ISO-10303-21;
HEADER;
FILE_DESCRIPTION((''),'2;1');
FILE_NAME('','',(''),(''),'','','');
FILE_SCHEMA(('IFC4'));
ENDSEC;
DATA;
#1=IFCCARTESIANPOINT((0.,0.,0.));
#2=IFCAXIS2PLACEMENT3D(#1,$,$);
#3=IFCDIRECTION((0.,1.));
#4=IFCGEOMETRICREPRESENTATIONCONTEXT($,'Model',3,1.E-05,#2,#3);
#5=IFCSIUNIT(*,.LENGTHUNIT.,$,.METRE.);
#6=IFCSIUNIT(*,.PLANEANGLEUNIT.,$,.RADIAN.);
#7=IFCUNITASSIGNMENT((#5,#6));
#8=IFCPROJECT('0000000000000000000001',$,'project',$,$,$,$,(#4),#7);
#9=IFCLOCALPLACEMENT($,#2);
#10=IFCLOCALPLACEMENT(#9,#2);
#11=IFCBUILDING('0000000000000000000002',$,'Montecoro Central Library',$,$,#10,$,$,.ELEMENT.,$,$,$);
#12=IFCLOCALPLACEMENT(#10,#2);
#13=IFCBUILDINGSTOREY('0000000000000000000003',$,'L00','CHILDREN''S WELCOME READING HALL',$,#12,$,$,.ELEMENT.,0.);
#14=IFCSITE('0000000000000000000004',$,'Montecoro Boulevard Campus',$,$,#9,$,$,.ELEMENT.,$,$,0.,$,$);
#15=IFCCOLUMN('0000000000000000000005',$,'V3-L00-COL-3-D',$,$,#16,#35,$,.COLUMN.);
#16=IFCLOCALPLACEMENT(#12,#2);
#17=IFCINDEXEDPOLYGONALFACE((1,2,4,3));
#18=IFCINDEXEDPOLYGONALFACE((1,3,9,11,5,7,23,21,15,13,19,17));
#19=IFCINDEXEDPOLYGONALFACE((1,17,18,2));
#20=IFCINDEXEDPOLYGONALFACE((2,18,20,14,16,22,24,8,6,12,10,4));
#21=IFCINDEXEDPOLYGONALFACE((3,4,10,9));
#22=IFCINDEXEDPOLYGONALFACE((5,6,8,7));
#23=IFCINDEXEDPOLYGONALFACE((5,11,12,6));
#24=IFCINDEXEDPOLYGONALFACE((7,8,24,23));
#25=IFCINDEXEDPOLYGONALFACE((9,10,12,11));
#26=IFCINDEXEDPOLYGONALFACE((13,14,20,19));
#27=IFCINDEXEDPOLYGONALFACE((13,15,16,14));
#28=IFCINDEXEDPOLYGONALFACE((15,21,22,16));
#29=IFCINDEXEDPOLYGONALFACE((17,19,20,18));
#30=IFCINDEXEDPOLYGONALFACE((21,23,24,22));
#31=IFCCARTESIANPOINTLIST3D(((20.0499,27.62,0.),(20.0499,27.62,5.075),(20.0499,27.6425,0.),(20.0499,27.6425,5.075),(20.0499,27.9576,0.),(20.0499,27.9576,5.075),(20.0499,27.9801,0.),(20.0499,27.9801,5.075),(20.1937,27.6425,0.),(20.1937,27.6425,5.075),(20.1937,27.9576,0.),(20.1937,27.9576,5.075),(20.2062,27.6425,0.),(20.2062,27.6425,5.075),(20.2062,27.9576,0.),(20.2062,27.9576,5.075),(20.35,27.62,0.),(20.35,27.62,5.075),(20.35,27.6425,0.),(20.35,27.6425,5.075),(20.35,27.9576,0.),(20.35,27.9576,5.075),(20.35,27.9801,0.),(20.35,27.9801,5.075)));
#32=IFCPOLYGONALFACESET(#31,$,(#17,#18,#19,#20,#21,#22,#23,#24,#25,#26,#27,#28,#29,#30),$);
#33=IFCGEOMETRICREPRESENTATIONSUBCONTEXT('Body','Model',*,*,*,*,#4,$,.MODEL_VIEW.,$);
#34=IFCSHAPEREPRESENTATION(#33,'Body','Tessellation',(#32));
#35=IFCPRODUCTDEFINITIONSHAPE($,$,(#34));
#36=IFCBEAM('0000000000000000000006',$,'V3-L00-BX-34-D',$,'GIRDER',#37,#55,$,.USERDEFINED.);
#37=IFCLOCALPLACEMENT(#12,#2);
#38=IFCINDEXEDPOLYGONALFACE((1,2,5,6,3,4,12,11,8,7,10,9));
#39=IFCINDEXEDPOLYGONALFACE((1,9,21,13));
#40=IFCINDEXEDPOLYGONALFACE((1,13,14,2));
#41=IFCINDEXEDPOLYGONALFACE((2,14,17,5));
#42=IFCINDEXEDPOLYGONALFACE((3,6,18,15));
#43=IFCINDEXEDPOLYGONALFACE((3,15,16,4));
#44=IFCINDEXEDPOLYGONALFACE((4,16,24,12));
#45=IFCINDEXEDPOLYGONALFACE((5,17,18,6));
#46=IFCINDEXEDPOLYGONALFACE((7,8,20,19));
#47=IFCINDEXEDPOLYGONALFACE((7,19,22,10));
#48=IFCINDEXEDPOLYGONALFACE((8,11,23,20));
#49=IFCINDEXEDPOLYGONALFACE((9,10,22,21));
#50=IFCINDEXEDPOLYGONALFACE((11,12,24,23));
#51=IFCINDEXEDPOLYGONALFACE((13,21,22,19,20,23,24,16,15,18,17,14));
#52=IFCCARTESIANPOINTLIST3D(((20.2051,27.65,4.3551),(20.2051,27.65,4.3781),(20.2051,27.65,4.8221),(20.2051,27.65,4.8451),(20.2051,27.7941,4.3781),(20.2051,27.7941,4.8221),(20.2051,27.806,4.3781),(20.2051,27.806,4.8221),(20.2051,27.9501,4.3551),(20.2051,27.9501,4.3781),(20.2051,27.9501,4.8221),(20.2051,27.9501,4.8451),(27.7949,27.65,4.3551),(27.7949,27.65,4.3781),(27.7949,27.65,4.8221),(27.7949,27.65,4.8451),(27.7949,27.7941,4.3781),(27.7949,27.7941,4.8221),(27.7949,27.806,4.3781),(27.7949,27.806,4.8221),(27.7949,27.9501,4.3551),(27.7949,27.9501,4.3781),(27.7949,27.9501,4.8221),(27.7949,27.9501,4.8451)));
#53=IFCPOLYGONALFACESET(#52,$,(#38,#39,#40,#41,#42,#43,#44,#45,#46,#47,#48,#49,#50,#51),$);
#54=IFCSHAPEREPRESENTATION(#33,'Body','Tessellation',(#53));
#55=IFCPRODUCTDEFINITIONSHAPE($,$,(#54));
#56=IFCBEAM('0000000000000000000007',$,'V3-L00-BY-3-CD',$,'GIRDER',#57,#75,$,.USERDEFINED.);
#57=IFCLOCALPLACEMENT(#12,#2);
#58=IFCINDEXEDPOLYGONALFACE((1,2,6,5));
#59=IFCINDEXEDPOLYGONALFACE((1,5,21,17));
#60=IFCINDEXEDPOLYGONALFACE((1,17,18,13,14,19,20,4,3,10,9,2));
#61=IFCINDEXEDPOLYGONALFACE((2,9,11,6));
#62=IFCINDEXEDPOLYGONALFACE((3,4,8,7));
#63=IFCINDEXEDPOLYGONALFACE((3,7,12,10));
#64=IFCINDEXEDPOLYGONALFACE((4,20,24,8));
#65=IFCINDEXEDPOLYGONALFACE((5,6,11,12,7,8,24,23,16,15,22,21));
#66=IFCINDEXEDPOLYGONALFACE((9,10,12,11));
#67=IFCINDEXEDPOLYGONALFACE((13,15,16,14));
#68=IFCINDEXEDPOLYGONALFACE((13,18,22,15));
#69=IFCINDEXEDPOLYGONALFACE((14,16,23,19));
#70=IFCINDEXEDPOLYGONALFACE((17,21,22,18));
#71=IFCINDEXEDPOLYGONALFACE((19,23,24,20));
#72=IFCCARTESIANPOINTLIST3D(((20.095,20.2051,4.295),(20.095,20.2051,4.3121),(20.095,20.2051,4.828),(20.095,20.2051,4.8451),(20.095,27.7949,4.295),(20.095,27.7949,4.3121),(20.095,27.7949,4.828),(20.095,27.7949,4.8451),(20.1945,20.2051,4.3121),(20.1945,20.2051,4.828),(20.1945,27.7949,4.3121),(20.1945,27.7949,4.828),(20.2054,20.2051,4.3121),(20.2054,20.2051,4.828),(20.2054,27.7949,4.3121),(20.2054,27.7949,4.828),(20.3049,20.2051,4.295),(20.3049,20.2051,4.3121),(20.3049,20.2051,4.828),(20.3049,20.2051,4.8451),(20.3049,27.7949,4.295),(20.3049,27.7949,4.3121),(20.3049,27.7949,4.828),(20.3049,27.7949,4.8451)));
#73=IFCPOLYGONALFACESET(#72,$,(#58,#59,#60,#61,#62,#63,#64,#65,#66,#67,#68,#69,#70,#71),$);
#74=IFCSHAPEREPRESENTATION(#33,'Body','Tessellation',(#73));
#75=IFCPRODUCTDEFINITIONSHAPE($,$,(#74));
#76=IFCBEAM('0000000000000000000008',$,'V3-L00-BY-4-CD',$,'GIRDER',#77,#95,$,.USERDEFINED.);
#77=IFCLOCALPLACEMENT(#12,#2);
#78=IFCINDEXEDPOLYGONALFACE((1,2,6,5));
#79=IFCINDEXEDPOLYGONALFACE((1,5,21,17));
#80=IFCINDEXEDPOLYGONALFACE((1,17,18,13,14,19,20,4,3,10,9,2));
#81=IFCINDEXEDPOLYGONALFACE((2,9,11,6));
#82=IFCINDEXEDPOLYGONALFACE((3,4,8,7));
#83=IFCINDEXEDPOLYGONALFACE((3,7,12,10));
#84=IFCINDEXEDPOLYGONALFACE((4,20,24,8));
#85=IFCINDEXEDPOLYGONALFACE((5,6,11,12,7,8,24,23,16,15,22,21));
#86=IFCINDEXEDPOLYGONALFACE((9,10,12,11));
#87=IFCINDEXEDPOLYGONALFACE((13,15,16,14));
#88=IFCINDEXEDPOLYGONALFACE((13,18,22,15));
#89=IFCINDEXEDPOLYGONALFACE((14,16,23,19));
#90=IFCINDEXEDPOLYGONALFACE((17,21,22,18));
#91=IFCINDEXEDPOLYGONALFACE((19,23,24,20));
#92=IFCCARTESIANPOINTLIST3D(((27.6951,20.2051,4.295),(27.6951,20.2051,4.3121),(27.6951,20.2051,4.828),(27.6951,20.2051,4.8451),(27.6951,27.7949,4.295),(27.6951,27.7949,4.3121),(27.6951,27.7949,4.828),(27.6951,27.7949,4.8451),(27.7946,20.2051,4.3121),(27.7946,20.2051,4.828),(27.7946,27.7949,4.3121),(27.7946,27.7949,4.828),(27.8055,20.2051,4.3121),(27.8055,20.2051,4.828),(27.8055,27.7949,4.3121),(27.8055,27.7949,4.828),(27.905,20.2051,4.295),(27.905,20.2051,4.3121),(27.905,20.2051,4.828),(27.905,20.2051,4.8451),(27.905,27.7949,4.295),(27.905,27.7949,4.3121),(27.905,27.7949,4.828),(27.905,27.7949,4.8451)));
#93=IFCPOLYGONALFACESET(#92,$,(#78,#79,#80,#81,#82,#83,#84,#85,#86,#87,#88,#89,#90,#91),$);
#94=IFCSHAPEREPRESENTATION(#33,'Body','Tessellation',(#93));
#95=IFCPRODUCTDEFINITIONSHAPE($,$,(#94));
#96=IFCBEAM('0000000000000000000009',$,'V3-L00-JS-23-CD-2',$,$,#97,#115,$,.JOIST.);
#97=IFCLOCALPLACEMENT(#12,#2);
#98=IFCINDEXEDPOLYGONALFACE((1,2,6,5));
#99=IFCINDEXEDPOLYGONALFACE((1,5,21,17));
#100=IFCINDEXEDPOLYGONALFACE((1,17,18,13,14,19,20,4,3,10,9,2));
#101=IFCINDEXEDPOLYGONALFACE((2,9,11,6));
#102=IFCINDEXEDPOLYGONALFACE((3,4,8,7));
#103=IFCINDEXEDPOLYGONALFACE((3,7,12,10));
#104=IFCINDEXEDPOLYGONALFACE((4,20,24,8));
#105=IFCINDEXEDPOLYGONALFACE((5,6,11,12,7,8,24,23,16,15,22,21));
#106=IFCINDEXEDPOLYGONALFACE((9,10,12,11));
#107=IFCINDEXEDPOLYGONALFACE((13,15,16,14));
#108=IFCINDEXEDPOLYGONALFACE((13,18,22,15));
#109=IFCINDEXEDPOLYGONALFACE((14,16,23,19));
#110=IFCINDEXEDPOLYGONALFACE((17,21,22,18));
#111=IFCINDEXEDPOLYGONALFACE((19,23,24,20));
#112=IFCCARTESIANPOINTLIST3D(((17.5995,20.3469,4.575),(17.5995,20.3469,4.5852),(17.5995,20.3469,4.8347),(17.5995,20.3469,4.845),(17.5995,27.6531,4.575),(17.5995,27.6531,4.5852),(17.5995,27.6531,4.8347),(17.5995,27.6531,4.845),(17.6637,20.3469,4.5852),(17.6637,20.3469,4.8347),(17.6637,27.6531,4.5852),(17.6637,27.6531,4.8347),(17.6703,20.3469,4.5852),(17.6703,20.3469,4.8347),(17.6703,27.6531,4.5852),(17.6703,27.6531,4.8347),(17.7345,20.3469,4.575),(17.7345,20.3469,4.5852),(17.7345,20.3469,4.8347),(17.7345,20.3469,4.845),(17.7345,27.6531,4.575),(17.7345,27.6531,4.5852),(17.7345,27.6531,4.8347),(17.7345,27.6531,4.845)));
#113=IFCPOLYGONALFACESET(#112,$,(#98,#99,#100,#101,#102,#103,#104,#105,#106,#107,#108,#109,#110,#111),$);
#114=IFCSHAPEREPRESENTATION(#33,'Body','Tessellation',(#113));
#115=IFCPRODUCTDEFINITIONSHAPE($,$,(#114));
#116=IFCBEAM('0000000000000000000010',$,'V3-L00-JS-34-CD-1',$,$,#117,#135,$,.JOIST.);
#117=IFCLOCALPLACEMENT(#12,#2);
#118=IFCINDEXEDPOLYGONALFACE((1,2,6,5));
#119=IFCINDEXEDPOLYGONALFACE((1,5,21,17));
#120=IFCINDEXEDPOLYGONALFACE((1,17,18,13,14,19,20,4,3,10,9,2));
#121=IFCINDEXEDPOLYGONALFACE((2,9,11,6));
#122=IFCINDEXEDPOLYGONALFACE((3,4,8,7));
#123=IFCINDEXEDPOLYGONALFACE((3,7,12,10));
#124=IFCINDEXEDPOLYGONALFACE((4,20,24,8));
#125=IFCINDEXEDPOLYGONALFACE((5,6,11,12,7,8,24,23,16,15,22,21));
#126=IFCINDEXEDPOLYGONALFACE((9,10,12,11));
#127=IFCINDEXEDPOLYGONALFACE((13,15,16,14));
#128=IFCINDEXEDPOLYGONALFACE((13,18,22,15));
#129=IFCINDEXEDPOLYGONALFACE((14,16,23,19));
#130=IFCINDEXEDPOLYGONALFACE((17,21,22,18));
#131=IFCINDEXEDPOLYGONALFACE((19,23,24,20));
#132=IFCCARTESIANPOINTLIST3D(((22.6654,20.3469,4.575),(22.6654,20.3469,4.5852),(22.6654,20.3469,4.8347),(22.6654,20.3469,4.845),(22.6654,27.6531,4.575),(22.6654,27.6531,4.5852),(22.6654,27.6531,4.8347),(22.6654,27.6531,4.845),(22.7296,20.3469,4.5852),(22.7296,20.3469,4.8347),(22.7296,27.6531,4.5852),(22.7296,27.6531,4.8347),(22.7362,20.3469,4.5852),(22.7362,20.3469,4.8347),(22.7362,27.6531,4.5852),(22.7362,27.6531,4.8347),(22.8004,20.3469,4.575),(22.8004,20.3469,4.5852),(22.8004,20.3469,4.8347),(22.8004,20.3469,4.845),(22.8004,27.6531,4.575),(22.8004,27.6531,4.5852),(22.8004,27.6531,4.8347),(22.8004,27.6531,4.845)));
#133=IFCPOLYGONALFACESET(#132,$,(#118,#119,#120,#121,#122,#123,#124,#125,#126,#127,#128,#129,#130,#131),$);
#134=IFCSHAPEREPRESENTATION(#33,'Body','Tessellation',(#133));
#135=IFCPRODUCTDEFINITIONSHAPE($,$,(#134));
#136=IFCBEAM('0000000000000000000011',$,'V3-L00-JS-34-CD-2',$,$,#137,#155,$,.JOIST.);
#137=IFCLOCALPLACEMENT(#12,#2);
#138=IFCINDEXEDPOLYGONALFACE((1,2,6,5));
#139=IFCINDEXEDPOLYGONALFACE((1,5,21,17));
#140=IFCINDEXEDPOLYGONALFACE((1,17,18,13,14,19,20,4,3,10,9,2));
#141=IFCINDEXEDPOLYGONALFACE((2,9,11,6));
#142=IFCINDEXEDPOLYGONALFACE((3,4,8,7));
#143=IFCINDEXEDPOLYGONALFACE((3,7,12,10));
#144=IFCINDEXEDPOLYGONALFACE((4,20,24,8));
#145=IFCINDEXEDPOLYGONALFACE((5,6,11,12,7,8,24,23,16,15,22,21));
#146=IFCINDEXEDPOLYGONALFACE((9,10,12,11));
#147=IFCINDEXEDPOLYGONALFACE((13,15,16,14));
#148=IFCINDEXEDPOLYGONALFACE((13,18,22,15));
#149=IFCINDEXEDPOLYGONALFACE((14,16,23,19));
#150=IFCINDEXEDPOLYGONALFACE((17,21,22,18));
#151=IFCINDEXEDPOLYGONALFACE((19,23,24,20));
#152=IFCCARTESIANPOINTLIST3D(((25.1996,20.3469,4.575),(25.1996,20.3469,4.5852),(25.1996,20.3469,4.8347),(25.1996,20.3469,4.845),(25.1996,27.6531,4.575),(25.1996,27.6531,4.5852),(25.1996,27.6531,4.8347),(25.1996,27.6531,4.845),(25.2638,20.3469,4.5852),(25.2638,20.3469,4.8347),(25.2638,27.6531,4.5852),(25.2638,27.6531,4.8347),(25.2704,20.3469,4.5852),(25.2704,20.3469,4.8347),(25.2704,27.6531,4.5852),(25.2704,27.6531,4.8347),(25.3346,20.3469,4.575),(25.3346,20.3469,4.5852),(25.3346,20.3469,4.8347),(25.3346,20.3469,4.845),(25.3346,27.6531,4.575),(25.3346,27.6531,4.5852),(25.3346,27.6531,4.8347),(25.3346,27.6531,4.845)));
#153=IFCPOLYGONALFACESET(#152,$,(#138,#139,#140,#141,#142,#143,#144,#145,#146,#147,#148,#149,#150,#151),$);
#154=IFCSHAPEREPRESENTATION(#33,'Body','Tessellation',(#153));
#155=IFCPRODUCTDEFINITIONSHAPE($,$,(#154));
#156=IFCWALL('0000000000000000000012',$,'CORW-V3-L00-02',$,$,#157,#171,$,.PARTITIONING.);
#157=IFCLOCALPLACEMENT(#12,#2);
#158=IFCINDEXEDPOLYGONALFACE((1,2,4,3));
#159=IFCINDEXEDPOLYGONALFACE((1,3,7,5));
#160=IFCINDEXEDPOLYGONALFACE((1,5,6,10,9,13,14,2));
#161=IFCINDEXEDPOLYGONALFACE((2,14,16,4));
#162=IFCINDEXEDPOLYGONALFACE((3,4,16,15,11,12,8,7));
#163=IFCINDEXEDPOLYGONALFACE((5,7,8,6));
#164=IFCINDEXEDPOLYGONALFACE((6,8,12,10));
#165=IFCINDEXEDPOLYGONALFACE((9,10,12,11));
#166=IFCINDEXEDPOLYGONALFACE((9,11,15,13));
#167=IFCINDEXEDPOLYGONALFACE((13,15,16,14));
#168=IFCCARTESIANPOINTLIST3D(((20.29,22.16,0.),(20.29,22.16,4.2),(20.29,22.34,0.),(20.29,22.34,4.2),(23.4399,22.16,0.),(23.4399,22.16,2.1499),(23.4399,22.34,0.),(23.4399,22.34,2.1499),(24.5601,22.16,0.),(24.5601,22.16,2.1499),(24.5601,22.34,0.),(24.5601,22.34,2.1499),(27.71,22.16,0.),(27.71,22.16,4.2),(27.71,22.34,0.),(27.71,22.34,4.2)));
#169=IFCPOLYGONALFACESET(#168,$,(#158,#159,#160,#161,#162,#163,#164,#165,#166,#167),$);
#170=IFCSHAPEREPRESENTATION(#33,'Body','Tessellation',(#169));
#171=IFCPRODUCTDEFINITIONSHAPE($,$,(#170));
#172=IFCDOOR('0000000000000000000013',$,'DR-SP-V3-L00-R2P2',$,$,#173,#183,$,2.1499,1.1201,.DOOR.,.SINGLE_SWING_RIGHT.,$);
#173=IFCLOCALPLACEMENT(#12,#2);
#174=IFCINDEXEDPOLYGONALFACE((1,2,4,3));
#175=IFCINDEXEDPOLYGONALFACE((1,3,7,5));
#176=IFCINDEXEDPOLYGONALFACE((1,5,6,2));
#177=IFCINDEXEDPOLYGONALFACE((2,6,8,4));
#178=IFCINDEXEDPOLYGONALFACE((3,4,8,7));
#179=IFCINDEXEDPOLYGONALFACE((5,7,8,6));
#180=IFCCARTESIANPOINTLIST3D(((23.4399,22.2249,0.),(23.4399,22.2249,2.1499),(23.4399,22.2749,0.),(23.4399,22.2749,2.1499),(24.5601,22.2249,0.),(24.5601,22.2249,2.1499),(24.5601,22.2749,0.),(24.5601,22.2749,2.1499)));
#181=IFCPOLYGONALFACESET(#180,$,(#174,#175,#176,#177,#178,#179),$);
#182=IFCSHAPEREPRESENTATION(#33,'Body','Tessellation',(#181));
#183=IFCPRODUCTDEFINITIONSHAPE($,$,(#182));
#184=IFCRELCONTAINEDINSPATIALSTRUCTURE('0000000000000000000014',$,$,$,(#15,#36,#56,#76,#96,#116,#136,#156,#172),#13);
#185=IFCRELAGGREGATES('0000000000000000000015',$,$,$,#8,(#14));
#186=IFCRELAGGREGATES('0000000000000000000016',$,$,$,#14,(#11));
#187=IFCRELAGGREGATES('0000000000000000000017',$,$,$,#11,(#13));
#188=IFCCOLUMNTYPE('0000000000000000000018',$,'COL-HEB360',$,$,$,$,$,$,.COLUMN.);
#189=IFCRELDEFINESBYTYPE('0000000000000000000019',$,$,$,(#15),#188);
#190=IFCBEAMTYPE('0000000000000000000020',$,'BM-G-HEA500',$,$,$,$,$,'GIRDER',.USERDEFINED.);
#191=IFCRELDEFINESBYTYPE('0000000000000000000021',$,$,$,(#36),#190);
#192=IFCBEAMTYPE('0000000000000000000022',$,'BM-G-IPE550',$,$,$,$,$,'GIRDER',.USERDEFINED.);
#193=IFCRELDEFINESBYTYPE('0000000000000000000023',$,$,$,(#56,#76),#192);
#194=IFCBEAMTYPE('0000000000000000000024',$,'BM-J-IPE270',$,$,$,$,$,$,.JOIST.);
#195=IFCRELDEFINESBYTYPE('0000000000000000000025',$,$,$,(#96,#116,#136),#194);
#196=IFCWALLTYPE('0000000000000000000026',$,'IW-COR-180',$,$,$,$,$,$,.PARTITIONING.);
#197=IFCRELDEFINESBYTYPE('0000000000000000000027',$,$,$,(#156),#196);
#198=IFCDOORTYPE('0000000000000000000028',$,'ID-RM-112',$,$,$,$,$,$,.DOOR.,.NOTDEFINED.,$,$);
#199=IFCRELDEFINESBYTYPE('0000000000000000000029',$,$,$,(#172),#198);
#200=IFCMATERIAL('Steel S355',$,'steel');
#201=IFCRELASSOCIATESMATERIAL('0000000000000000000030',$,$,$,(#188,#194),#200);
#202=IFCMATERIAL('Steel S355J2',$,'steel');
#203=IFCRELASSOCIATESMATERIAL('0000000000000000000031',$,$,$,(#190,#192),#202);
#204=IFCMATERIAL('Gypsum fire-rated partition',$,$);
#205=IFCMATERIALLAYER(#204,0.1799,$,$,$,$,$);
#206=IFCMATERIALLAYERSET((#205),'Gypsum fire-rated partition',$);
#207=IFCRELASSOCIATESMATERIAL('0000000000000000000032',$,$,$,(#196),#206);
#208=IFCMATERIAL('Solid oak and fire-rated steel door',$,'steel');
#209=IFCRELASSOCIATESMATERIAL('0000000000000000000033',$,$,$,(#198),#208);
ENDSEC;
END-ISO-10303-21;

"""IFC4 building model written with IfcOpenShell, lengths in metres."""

from ifc_helpers import new_model, si_unit, direction, frame, frame_2d, origin, origin_2d, place, context, subcontext, project, spatial, rectangle, i_section, extrude, material, layer, layer_set, material_profile, profile_set, type_object, element, fill, save


model = new_model("IFC4")

# Units and contexts
model_context = context("Model", 3, precision=1e-05, world=origin(), true_north=direction((0.0, 1.0)))
body_context = subcontext(model_context, "Body", "Model", "MODEL_VIEW")
ifc_project = project(units=[si_unit("LENGTHUNIT", "METRE"), si_unit("PLANEANGLEUNIT", "RADIAN")], contexts=[model_context])

# Site, building, storey
site_placement = place(None, origin())
site = spatial("IfcSite", under=ifc_project, at=site_placement, Name="Montecoro Boulevard Campus", CompositionType="ELEMENT", RefElevation=0.0)
building_placement = place(site_placement, origin())
building = spatial("IfcBuilding", under=site, at=building_placement, Name="Montecoro Central Library", CompositionType="ELEMENT")
storey_placement = place(building_placement, origin())
storey = spatial("IfcBuildingStorey", under=building, at=storey_placement, Name="L00", Description="CHILDREN'S WELCOME READING HALL", CompositionType="ELEMENT", Elevation=0.0)

# Column
ifc_material_1 = material(Name="Steel S355", Category="steel")
ifc_material_profile_1 = material_profile(ifc_material_1, i_section(OverallWidth=0.3, OverallDepth=0.3601, WebThickness=0.0125, FlangeThickness=0.0225, at=origin_2d()), Name="HEB 360")
ifc_profile_set_1 = profile_set([ifc_material_profile_1], Name="Steel S355")
column_type = type_object("IfcColumnType", Name="COL-HEB360", PredefinedType="COLUMN", material=ifc_profile_set_1)
column_placement = place(storey_placement, frame((20.2, 27.8, 0.0), z_axis=(0.0, 0.0, 1.0), x_axis=(1.0, 0.0, 0.0)))
element("IfcColumn", 1, at=column_placement, inside=storey, type_object=column_type, Name="V3-L00-COL-3-D", PredefinedType="COLUMN", context=body_context, shape_type="SweptSolid", body=[
    extrude(i_section(OverallWidth=0.3, OverallDepth=0.3601, WebThickness=0.0125, FlangeThickness=0.0225, at=origin_2d()), origin(), (0.0, 0.0, 1.0), 5.075),
])

# Beams
ifc_material_2 = material(Name="Steel S355J2", Category="steel")
ifc_material_profile_2 = material_profile(ifc_material_2, i_section(OverallWidth=0.3, OverallDepth=0.49, WebThickness=0.012, FlangeThickness=0.0229, at=origin_2d()), Name="HEA 500")
ifc_profile_set_2 = profile_set([ifc_material_profile_2], Name="Steel S355J2")
beam_type_1 = type_object("IfcBeamType", Name="BM-G-HEA500", ElementType="GIRDER", PredefinedType="USERDEFINED", material=ifc_profile_set_2)
beam_placement = place(storey_placement, frame((20.2051, 27.8, 4.6001), z_axis=(1.0, 0.0, 0.0), x_axis=(0.0, 1.0, 0.0)))
element("IfcBeam", 2, at=beam_placement, inside=storey, type_object=beam_type_1, Name="V3-L00-BX-34-D", ObjectType="GIRDER", PredefinedType="USERDEFINED", context=body_context, shape_type="SweptSolid", body=[
    extrude(i_section(OverallWidth=0.3, OverallDepth=0.49, WebThickness=0.012, FlangeThickness=0.0229, at=origin_2d()), origin(), (0.0, 0.0, 1.0), 7.5898),
])
ifc_material_profile_3 = material_profile(ifc_material_2, i_section(OverallWidth=0.21, OverallDepth=0.55, WebThickness=0.011, FlangeThickness=0.0171, at=origin_2d()), Name="IPE 550")
ifc_profile_set_3 = profile_set([ifc_material_profile_3], Name="Steel S355J2")
beam_type_2 = type_object("IfcBeamType", Name="BM-G-IPE550", ElementType="GIRDER", PredefinedType="USERDEFINED", material=ifc_profile_set_3)
for number, where, z_axis, x_axis, name in (
    (3, (20.2, 20.2051, 4.5701), (0.0, 1.0, 0.0), (-1.0, 0.0, 0.0), "V3-L00-BY-3-CD"),
    (4, (27.8, 20.2051, 4.5701), (0.0, 1.0, 0.0), (-1.0, 0.0, 0.0), "V3-L00-BY-4-CD"),
):
    element("IfcBeam", number, at=place(storey_placement, frame(where, z_axis=z_axis, x_axis=x_axis)), inside=storey, type_object=beam_type_2, Name=name, ObjectType="GIRDER", PredefinedType="USERDEFINED", context=body_context, shape_type="SweptSolid", body=[
        extrude(i_section(OverallWidth=0.21, OverallDepth=0.55, WebThickness=0.011, FlangeThickness=0.0171, at=origin_2d()), origin(), (0.0, 0.0, 1.0), 7.5898),
    ])
ifc_material_profile_4 = material_profile(ifc_material_1, i_section(OverallWidth=0.135, OverallDepth=0.27, WebThickness=0.0066, FlangeThickness=0.0103, at=origin_2d()), Name="IPE 270")
ifc_profile_set_4 = profile_set([ifc_material_profile_4], Name="Steel S355")
beam_type_3 = type_object("IfcBeamType", Name="BM-J-IPE270", PredefinedType="JOIST", material=ifc_profile_set_4)
for number, where, z_axis, x_axis, name in (
    (5, (17.667, 20.3469, 4.71), (0.0, 1.0, 0.0), (-1.0, 0.0, 0.0), "V3-L00-JS-23-CD-2"),
    (6, (22.7329, 20.3469, 4.71), (0.0, 1.0, 0.0), (-1.0, 0.0, 0.0), "V3-L00-JS-34-CD-1"),
    (7, (25.2671, 20.3469, 4.71), (0.0, 1.0, 0.0), (-1.0, 0.0, 0.0), "V3-L00-JS-34-CD-2"),
):
    element("IfcBeam", number, at=place(storey_placement, frame(where, z_axis=z_axis, x_axis=x_axis)), inside=storey, type_object=beam_type_3, Name=name, PredefinedType="JOIST", context=body_context, shape_type="SweptSolid", body=[
        extrude(i_section(OverallWidth=0.135, OverallDepth=0.27, WebThickness=0.0066, FlangeThickness=0.0103, at=origin_2d()), origin(), (0.0, 0.0, 1.0), 7.3062),
    ])

# Wall, opening, door
ifc_material_3 = material(Name="Gypsum fire-rated partition")
ifc_layer_1 = layer(ifc_material_3, 0.1799)
ifc_layer_set_1 = layer_set([ifc_layer_1], Name="Gypsum fire-rated partition")
wall_type_1 = type_object("IfcWallType", Name="IW-COR-180", PredefinedType="PARTITIONING", material=ifc_layer_set_1)
wall_1_placement = place(storey_placement, frame((20.29, 22.25, 0.0), z_axis=(0.0, 0.0, 1.0), x_axis=(1.0, 0.0, 0.0)))
wall_1 = element("IfcWall", 8, at=wall_1_placement, inside=storey, type_object=wall_type_1, Name="CORW-V3-L00-02", PredefinedType="PARTITIONING", context=body_context, shape_type="SweptSolid", body=[
    extrude(rectangle(XDim=7.4199, YDim=0.1799, at=frame_2d((3.71, 0.0))), origin(), (0.0, 0.0, 1.0), 4.2),
])
opening_placement = place(wall_1_placement, frame((3.1499, 0.0, 0.0)))
opening = element("IfcOpeningElement", 9, at=opening_placement, cuts=wall_1, PredefinedType="OPENING", context=body_context, shape_type="SweptSolid", body=[
    extrude(rectangle(XDim=1.1201, YDim=2.1499, at=frame_2d((0.5601, 1.075))), frame((0.0, 0.0999, 0.0), z_axis=(0.0, -1.0, 0.0), x_axis=(1.0, 0.0, 0.0)), (0.0, 0.0, 1.0), 0.2),
])
ifc_material_4 = material(Name="Solid oak and fire-rated steel door", Category="steel")
door_type = type_object("IfcDoorType", Name="ID-RM-112", OperationType="NOTDEFINED", PredefinedType="DOOR", material=ifc_material_4)
door_placement = place(opening_placement, origin())
door = element("IfcDoor", 10, at=door_placement, inside=storey, type_object=door_type, Name="DR-SP-V3-L00-R2P2", OperationType="SINGLE_SWING_RIGHT", OverallHeight=2.1499, OverallWidth=1.1201, PredefinedType="DOOR", context=body_context, shape_type="SweptSolid", body=[
    extrude(rectangle(XDim=1.1201, YDim=2.1499, at=frame_2d((0.5601, 1.075))), frame((0.0, 0.0249, 0.0), z_axis=(0.0, -1.0, 0.0), x_axis=(1.0, 0.0, 0.0)), (0.0, 0.0, 1.0), 0.05),
])
fill(opening, door)

save(model, "model.ifc")
